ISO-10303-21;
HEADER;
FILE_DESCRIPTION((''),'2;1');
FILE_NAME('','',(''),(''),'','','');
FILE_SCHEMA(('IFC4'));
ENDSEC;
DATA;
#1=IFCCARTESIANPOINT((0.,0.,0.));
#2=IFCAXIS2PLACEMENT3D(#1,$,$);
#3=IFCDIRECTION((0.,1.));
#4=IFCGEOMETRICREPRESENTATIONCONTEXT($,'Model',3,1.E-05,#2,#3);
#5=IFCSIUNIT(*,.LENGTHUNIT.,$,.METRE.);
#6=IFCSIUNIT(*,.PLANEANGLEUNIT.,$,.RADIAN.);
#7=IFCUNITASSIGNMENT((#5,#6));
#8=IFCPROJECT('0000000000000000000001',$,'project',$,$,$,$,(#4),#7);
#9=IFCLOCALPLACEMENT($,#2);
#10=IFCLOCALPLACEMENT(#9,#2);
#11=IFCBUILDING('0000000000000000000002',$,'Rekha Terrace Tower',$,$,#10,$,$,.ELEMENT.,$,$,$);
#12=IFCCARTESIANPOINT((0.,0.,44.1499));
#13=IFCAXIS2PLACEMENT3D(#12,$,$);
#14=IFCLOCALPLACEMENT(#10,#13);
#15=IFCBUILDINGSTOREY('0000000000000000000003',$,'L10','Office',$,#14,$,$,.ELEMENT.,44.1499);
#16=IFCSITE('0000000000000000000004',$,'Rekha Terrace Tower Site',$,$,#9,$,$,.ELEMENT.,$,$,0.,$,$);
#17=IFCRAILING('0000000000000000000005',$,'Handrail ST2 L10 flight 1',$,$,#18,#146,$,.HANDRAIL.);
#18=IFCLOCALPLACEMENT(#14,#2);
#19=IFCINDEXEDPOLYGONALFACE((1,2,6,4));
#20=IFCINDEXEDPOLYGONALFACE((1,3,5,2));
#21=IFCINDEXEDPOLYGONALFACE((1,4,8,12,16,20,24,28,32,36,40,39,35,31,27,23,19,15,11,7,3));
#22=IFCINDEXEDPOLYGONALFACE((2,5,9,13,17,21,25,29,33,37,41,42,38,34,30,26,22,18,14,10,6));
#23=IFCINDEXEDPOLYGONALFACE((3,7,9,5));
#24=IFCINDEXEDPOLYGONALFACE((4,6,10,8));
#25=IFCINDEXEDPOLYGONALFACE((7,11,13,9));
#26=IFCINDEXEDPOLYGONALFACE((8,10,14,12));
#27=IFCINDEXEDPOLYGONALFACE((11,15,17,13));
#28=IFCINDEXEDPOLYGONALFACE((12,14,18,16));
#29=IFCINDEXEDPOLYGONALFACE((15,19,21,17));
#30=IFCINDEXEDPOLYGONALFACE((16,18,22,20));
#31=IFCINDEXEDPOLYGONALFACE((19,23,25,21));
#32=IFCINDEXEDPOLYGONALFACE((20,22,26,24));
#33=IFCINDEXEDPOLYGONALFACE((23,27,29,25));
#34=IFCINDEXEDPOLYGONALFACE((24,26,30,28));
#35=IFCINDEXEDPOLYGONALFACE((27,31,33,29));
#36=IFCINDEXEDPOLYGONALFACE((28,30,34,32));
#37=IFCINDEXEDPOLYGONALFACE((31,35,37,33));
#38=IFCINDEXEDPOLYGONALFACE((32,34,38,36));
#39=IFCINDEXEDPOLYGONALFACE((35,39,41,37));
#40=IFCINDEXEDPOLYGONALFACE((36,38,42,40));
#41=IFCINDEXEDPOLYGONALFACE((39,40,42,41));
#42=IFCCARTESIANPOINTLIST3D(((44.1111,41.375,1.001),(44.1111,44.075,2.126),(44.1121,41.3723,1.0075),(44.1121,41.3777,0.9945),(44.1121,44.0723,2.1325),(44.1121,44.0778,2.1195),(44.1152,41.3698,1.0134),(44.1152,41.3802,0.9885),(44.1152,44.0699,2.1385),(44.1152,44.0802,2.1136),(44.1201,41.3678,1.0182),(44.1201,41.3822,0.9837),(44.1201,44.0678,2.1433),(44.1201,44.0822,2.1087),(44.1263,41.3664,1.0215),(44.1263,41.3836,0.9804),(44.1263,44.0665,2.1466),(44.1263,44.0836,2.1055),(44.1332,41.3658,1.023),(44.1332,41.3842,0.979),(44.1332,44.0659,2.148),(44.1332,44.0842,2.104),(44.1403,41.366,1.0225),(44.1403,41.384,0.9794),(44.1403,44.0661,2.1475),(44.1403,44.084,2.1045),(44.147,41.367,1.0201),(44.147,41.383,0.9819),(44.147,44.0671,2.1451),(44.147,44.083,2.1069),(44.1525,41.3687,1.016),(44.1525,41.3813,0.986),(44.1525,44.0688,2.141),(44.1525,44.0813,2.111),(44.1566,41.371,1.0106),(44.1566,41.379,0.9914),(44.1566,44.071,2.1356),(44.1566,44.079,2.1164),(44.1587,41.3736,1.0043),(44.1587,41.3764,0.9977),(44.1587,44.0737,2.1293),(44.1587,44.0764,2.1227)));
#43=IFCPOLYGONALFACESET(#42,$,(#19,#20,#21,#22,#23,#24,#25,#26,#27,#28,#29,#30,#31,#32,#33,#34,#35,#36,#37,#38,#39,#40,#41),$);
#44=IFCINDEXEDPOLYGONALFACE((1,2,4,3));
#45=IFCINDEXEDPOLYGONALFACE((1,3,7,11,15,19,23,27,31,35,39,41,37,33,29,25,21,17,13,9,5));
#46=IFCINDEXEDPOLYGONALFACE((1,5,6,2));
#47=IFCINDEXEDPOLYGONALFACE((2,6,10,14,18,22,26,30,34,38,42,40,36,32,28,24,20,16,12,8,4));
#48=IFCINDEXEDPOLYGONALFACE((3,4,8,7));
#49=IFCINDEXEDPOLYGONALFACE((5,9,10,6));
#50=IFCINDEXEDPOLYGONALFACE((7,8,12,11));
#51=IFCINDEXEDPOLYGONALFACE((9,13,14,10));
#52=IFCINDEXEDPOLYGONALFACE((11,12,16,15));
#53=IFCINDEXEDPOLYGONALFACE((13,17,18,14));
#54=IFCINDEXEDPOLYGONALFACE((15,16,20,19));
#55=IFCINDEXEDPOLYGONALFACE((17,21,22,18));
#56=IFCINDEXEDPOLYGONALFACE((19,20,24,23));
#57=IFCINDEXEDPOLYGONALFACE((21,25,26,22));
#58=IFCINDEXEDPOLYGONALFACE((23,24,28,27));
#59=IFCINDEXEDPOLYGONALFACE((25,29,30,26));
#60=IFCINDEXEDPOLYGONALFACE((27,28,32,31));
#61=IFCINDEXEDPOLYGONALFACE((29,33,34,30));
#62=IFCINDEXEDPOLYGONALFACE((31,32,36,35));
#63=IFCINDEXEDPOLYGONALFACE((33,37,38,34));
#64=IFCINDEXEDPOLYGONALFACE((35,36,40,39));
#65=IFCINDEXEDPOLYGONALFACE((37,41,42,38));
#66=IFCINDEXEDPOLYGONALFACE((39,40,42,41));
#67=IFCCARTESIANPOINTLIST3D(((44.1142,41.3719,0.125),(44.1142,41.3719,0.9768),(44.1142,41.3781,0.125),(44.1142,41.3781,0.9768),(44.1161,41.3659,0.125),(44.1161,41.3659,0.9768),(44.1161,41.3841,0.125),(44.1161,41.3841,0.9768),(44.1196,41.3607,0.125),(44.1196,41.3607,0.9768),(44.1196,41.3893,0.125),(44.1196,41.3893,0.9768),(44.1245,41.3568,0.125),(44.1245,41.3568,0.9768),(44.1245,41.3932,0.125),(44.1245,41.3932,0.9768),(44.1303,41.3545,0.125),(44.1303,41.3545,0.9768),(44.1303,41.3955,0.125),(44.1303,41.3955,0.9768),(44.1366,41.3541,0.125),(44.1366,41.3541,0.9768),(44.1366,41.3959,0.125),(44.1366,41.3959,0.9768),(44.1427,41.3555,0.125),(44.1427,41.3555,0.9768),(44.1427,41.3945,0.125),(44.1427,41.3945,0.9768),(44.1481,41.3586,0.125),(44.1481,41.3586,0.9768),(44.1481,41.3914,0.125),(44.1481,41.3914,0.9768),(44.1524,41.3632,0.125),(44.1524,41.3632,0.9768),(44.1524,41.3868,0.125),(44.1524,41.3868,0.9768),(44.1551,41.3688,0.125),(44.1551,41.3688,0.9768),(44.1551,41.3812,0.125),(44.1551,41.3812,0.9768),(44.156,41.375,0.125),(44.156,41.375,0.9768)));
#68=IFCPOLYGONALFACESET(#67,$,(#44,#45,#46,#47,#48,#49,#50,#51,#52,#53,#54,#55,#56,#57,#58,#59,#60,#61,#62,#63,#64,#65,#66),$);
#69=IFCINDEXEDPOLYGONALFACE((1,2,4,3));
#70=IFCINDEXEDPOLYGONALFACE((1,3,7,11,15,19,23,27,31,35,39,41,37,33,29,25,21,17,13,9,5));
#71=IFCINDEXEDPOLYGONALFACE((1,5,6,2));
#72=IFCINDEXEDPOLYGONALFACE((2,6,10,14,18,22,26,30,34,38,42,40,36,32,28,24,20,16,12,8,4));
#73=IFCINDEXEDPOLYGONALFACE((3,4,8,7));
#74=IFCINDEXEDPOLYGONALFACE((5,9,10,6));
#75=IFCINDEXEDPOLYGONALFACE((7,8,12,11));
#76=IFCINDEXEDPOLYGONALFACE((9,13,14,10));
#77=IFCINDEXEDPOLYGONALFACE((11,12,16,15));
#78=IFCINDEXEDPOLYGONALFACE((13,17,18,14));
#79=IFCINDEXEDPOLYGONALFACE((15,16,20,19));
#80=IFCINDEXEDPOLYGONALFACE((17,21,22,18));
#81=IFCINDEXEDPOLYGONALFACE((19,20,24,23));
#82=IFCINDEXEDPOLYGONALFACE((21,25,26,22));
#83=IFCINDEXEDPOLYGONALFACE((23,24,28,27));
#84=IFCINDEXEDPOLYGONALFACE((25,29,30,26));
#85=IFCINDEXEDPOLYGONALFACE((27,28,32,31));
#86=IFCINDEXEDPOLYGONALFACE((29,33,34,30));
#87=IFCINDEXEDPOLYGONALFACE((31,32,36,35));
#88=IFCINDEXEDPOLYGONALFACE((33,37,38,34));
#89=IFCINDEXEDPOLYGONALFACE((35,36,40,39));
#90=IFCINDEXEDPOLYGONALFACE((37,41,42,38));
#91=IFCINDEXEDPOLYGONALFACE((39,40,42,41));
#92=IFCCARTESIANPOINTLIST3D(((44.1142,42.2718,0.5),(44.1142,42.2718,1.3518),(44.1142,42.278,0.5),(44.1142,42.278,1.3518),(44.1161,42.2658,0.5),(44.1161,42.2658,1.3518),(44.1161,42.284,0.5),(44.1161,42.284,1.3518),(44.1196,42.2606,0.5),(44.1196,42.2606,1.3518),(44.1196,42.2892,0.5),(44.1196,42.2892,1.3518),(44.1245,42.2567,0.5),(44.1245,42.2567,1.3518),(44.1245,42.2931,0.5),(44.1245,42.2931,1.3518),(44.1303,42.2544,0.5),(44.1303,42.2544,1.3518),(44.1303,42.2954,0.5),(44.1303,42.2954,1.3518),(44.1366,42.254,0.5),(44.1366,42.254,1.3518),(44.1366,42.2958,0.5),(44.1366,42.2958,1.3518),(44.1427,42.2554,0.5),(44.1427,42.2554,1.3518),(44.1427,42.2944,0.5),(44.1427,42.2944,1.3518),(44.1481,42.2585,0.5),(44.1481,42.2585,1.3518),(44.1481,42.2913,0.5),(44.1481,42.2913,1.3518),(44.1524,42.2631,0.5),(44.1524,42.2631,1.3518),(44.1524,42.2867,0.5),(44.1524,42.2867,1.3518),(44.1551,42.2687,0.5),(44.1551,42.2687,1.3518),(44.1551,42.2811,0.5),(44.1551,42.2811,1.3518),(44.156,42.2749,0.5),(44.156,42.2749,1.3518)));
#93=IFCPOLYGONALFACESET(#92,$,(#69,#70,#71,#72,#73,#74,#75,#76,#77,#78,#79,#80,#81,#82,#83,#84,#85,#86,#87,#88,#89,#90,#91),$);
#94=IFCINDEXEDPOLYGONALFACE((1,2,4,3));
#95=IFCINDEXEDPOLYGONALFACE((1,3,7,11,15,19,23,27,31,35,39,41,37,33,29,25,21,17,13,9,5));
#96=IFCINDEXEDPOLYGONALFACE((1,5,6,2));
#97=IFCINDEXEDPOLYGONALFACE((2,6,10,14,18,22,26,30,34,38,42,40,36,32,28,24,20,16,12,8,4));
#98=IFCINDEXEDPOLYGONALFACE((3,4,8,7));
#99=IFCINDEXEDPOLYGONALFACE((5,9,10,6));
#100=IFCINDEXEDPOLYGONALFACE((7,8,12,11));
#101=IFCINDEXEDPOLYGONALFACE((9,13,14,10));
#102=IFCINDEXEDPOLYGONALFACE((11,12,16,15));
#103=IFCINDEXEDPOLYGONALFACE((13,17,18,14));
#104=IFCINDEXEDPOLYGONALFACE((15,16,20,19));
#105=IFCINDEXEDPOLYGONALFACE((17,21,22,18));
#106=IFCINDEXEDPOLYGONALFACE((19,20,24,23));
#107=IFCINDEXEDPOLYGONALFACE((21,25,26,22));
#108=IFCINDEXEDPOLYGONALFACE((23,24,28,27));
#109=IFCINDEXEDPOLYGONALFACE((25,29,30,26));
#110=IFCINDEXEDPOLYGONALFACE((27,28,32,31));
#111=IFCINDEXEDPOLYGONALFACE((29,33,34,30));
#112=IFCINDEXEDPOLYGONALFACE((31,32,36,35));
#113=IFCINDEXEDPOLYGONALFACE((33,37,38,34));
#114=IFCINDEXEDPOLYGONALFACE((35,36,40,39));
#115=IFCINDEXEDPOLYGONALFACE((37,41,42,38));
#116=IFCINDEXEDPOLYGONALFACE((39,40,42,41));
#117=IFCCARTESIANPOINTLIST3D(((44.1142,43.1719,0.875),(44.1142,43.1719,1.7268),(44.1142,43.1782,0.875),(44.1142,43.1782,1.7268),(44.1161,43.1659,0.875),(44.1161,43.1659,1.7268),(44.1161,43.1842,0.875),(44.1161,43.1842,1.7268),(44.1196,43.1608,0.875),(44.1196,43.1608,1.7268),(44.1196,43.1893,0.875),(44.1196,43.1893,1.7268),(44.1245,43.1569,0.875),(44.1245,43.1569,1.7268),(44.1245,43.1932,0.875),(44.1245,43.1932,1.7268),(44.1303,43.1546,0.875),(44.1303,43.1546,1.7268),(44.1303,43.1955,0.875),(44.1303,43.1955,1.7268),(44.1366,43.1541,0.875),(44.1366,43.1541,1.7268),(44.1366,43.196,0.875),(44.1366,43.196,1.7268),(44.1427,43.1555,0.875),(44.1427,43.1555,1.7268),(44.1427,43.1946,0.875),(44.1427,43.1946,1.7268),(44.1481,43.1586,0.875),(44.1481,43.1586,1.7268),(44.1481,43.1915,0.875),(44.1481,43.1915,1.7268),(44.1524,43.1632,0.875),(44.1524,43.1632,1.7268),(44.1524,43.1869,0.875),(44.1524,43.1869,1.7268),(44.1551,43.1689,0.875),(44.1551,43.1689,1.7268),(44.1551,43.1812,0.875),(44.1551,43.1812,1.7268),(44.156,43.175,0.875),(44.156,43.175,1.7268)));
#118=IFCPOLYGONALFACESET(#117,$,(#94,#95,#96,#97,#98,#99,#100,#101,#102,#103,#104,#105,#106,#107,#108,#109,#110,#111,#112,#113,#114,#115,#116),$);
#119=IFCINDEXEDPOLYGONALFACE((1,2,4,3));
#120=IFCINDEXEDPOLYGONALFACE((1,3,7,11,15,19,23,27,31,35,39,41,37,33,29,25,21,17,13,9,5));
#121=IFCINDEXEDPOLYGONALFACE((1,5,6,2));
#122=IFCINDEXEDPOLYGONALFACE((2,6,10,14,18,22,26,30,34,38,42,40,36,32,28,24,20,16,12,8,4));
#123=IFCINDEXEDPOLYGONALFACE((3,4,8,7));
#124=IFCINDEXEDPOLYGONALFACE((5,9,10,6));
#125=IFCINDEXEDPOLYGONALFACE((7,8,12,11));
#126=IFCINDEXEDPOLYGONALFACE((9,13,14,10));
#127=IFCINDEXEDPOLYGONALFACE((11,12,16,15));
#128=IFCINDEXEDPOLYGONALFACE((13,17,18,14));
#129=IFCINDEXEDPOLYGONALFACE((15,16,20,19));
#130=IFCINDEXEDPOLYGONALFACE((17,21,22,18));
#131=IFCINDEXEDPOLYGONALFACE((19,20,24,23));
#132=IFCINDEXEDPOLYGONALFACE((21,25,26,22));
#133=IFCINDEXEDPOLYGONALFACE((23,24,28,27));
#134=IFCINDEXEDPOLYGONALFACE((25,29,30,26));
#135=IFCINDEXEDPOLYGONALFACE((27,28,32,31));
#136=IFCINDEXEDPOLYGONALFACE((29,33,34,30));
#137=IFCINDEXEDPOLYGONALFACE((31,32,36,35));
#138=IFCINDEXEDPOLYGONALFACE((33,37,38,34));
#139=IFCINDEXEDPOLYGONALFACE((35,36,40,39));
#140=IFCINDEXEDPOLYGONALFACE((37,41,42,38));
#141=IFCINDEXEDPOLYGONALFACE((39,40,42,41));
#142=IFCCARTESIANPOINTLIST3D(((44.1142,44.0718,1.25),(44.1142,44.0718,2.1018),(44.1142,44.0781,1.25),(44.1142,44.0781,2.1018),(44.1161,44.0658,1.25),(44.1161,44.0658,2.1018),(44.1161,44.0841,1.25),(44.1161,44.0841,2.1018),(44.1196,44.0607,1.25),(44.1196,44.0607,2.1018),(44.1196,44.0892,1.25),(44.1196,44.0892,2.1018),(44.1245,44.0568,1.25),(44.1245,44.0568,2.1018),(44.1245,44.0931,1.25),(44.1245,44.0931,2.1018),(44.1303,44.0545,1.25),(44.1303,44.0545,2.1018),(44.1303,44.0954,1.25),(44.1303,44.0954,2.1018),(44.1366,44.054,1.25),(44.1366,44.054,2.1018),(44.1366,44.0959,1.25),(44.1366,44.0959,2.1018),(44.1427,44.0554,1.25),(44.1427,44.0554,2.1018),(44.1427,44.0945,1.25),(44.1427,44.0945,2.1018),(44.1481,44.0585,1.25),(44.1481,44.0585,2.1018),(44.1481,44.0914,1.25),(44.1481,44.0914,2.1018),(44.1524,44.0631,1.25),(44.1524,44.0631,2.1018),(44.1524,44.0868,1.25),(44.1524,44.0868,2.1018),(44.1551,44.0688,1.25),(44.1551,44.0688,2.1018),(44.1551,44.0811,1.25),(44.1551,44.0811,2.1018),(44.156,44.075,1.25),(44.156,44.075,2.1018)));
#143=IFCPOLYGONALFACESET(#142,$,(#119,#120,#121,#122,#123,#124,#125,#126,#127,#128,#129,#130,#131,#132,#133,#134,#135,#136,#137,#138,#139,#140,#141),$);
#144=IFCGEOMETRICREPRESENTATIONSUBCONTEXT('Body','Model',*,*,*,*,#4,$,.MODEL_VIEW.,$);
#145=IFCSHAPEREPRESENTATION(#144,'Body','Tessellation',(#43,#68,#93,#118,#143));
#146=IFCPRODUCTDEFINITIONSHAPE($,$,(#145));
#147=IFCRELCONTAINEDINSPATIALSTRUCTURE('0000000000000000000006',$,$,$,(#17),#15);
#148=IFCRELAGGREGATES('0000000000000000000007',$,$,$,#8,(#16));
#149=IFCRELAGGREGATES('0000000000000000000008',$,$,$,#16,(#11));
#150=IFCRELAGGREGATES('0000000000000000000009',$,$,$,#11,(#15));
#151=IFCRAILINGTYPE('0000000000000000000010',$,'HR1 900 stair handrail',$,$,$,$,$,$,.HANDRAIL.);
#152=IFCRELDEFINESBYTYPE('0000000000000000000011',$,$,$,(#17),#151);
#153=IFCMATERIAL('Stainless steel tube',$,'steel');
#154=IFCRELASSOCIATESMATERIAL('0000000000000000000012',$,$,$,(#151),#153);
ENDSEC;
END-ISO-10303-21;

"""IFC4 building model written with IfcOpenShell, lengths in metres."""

from ifc_helpers import new_model, si_unit, direction, frame, origin, origin_2d, place, context, subcontext, project, spatial, circle, extrude, material, type_object, element, save


model = new_model("IFC4")

# Units and contexts
model_context = context("Model", 3, precision=1e-05, world=origin(), true_north=direction((0.0, 1.0)))
body_context = subcontext(model_context, "Body", "Model", "MODEL_VIEW")
ifc_project = project(units=[si_unit("LENGTHUNIT", "METRE"), si_unit("PLANEANGLEUNIT", "RADIAN")], contexts=[model_context])

# Site, building, storey
site_placement = place(None, origin())
site = spatial("IfcSite", under=ifc_project, at=site_placement, Name="Rekha Terrace Tower Site", CompositionType="ELEMENT", RefElevation=0.0)
building_placement = place(site_placement, origin())
building = spatial("IfcBuilding", under=site, at=building_placement, Name="Rekha Terrace Tower", CompositionType="ELEMENT")
storey_placement = place(building_placement, frame((0.0, 0.0, 44.1499)))
storey = spatial("IfcBuildingStorey", under=building, at=storey_placement, Name="L10", Description="Office", CompositionType="ELEMENT", Elevation=44.1499)

# Railing
ifc_material_1 = material(Name="Stainless steel tube", Category="steel")
railing_type = type_object("IfcRailingType", Name="HR1 900 stair handrail", PredefinedType="HANDRAIL", material=ifc_material_1)
railing_placement = place(storey_placement, frame((44.135, 41.375, 0.125)))
element("IfcRailing", 1, at=railing_placement, inside=storey, type_object=railing_type, Name="Handrail ST2 L10 flight 1", PredefinedType="HANDRAIL", context=body_context, shape_type="SweptSolid", body=[
    extrude(circle(Radius=0.0239, at=origin_2d()), frame((0.0, 0.0, 0.876), z_axis=(0.0, 0.923074, 0.384621), x_axis=(-1.0, 0.0, 0.0)), (0.0, 0.0, 1.0), 2.925),
    extrude(circle(Radius=0.021, at=origin_2d()), origin(), (0.0, 0.0, 1.0), 0.8518),
    extrude(circle(Radius=0.021, at=origin_2d()), frame((0.0, 0.8999, 0.375)), (0.0, 0.0, 1.0), 0.8518),
    extrude(circle(Radius=0.021, at=origin_2d()), frame((0.0, 1.8, 0.75)), (0.0, 0.0, 1.0), 0.8518),
    extrude(circle(Radius=0.021, at=origin_2d()), frame((0.0, 2.7, 1.125)), (0.0, 0.0, 1.0), 0.8518),
])

save(model, "model.ifc")
